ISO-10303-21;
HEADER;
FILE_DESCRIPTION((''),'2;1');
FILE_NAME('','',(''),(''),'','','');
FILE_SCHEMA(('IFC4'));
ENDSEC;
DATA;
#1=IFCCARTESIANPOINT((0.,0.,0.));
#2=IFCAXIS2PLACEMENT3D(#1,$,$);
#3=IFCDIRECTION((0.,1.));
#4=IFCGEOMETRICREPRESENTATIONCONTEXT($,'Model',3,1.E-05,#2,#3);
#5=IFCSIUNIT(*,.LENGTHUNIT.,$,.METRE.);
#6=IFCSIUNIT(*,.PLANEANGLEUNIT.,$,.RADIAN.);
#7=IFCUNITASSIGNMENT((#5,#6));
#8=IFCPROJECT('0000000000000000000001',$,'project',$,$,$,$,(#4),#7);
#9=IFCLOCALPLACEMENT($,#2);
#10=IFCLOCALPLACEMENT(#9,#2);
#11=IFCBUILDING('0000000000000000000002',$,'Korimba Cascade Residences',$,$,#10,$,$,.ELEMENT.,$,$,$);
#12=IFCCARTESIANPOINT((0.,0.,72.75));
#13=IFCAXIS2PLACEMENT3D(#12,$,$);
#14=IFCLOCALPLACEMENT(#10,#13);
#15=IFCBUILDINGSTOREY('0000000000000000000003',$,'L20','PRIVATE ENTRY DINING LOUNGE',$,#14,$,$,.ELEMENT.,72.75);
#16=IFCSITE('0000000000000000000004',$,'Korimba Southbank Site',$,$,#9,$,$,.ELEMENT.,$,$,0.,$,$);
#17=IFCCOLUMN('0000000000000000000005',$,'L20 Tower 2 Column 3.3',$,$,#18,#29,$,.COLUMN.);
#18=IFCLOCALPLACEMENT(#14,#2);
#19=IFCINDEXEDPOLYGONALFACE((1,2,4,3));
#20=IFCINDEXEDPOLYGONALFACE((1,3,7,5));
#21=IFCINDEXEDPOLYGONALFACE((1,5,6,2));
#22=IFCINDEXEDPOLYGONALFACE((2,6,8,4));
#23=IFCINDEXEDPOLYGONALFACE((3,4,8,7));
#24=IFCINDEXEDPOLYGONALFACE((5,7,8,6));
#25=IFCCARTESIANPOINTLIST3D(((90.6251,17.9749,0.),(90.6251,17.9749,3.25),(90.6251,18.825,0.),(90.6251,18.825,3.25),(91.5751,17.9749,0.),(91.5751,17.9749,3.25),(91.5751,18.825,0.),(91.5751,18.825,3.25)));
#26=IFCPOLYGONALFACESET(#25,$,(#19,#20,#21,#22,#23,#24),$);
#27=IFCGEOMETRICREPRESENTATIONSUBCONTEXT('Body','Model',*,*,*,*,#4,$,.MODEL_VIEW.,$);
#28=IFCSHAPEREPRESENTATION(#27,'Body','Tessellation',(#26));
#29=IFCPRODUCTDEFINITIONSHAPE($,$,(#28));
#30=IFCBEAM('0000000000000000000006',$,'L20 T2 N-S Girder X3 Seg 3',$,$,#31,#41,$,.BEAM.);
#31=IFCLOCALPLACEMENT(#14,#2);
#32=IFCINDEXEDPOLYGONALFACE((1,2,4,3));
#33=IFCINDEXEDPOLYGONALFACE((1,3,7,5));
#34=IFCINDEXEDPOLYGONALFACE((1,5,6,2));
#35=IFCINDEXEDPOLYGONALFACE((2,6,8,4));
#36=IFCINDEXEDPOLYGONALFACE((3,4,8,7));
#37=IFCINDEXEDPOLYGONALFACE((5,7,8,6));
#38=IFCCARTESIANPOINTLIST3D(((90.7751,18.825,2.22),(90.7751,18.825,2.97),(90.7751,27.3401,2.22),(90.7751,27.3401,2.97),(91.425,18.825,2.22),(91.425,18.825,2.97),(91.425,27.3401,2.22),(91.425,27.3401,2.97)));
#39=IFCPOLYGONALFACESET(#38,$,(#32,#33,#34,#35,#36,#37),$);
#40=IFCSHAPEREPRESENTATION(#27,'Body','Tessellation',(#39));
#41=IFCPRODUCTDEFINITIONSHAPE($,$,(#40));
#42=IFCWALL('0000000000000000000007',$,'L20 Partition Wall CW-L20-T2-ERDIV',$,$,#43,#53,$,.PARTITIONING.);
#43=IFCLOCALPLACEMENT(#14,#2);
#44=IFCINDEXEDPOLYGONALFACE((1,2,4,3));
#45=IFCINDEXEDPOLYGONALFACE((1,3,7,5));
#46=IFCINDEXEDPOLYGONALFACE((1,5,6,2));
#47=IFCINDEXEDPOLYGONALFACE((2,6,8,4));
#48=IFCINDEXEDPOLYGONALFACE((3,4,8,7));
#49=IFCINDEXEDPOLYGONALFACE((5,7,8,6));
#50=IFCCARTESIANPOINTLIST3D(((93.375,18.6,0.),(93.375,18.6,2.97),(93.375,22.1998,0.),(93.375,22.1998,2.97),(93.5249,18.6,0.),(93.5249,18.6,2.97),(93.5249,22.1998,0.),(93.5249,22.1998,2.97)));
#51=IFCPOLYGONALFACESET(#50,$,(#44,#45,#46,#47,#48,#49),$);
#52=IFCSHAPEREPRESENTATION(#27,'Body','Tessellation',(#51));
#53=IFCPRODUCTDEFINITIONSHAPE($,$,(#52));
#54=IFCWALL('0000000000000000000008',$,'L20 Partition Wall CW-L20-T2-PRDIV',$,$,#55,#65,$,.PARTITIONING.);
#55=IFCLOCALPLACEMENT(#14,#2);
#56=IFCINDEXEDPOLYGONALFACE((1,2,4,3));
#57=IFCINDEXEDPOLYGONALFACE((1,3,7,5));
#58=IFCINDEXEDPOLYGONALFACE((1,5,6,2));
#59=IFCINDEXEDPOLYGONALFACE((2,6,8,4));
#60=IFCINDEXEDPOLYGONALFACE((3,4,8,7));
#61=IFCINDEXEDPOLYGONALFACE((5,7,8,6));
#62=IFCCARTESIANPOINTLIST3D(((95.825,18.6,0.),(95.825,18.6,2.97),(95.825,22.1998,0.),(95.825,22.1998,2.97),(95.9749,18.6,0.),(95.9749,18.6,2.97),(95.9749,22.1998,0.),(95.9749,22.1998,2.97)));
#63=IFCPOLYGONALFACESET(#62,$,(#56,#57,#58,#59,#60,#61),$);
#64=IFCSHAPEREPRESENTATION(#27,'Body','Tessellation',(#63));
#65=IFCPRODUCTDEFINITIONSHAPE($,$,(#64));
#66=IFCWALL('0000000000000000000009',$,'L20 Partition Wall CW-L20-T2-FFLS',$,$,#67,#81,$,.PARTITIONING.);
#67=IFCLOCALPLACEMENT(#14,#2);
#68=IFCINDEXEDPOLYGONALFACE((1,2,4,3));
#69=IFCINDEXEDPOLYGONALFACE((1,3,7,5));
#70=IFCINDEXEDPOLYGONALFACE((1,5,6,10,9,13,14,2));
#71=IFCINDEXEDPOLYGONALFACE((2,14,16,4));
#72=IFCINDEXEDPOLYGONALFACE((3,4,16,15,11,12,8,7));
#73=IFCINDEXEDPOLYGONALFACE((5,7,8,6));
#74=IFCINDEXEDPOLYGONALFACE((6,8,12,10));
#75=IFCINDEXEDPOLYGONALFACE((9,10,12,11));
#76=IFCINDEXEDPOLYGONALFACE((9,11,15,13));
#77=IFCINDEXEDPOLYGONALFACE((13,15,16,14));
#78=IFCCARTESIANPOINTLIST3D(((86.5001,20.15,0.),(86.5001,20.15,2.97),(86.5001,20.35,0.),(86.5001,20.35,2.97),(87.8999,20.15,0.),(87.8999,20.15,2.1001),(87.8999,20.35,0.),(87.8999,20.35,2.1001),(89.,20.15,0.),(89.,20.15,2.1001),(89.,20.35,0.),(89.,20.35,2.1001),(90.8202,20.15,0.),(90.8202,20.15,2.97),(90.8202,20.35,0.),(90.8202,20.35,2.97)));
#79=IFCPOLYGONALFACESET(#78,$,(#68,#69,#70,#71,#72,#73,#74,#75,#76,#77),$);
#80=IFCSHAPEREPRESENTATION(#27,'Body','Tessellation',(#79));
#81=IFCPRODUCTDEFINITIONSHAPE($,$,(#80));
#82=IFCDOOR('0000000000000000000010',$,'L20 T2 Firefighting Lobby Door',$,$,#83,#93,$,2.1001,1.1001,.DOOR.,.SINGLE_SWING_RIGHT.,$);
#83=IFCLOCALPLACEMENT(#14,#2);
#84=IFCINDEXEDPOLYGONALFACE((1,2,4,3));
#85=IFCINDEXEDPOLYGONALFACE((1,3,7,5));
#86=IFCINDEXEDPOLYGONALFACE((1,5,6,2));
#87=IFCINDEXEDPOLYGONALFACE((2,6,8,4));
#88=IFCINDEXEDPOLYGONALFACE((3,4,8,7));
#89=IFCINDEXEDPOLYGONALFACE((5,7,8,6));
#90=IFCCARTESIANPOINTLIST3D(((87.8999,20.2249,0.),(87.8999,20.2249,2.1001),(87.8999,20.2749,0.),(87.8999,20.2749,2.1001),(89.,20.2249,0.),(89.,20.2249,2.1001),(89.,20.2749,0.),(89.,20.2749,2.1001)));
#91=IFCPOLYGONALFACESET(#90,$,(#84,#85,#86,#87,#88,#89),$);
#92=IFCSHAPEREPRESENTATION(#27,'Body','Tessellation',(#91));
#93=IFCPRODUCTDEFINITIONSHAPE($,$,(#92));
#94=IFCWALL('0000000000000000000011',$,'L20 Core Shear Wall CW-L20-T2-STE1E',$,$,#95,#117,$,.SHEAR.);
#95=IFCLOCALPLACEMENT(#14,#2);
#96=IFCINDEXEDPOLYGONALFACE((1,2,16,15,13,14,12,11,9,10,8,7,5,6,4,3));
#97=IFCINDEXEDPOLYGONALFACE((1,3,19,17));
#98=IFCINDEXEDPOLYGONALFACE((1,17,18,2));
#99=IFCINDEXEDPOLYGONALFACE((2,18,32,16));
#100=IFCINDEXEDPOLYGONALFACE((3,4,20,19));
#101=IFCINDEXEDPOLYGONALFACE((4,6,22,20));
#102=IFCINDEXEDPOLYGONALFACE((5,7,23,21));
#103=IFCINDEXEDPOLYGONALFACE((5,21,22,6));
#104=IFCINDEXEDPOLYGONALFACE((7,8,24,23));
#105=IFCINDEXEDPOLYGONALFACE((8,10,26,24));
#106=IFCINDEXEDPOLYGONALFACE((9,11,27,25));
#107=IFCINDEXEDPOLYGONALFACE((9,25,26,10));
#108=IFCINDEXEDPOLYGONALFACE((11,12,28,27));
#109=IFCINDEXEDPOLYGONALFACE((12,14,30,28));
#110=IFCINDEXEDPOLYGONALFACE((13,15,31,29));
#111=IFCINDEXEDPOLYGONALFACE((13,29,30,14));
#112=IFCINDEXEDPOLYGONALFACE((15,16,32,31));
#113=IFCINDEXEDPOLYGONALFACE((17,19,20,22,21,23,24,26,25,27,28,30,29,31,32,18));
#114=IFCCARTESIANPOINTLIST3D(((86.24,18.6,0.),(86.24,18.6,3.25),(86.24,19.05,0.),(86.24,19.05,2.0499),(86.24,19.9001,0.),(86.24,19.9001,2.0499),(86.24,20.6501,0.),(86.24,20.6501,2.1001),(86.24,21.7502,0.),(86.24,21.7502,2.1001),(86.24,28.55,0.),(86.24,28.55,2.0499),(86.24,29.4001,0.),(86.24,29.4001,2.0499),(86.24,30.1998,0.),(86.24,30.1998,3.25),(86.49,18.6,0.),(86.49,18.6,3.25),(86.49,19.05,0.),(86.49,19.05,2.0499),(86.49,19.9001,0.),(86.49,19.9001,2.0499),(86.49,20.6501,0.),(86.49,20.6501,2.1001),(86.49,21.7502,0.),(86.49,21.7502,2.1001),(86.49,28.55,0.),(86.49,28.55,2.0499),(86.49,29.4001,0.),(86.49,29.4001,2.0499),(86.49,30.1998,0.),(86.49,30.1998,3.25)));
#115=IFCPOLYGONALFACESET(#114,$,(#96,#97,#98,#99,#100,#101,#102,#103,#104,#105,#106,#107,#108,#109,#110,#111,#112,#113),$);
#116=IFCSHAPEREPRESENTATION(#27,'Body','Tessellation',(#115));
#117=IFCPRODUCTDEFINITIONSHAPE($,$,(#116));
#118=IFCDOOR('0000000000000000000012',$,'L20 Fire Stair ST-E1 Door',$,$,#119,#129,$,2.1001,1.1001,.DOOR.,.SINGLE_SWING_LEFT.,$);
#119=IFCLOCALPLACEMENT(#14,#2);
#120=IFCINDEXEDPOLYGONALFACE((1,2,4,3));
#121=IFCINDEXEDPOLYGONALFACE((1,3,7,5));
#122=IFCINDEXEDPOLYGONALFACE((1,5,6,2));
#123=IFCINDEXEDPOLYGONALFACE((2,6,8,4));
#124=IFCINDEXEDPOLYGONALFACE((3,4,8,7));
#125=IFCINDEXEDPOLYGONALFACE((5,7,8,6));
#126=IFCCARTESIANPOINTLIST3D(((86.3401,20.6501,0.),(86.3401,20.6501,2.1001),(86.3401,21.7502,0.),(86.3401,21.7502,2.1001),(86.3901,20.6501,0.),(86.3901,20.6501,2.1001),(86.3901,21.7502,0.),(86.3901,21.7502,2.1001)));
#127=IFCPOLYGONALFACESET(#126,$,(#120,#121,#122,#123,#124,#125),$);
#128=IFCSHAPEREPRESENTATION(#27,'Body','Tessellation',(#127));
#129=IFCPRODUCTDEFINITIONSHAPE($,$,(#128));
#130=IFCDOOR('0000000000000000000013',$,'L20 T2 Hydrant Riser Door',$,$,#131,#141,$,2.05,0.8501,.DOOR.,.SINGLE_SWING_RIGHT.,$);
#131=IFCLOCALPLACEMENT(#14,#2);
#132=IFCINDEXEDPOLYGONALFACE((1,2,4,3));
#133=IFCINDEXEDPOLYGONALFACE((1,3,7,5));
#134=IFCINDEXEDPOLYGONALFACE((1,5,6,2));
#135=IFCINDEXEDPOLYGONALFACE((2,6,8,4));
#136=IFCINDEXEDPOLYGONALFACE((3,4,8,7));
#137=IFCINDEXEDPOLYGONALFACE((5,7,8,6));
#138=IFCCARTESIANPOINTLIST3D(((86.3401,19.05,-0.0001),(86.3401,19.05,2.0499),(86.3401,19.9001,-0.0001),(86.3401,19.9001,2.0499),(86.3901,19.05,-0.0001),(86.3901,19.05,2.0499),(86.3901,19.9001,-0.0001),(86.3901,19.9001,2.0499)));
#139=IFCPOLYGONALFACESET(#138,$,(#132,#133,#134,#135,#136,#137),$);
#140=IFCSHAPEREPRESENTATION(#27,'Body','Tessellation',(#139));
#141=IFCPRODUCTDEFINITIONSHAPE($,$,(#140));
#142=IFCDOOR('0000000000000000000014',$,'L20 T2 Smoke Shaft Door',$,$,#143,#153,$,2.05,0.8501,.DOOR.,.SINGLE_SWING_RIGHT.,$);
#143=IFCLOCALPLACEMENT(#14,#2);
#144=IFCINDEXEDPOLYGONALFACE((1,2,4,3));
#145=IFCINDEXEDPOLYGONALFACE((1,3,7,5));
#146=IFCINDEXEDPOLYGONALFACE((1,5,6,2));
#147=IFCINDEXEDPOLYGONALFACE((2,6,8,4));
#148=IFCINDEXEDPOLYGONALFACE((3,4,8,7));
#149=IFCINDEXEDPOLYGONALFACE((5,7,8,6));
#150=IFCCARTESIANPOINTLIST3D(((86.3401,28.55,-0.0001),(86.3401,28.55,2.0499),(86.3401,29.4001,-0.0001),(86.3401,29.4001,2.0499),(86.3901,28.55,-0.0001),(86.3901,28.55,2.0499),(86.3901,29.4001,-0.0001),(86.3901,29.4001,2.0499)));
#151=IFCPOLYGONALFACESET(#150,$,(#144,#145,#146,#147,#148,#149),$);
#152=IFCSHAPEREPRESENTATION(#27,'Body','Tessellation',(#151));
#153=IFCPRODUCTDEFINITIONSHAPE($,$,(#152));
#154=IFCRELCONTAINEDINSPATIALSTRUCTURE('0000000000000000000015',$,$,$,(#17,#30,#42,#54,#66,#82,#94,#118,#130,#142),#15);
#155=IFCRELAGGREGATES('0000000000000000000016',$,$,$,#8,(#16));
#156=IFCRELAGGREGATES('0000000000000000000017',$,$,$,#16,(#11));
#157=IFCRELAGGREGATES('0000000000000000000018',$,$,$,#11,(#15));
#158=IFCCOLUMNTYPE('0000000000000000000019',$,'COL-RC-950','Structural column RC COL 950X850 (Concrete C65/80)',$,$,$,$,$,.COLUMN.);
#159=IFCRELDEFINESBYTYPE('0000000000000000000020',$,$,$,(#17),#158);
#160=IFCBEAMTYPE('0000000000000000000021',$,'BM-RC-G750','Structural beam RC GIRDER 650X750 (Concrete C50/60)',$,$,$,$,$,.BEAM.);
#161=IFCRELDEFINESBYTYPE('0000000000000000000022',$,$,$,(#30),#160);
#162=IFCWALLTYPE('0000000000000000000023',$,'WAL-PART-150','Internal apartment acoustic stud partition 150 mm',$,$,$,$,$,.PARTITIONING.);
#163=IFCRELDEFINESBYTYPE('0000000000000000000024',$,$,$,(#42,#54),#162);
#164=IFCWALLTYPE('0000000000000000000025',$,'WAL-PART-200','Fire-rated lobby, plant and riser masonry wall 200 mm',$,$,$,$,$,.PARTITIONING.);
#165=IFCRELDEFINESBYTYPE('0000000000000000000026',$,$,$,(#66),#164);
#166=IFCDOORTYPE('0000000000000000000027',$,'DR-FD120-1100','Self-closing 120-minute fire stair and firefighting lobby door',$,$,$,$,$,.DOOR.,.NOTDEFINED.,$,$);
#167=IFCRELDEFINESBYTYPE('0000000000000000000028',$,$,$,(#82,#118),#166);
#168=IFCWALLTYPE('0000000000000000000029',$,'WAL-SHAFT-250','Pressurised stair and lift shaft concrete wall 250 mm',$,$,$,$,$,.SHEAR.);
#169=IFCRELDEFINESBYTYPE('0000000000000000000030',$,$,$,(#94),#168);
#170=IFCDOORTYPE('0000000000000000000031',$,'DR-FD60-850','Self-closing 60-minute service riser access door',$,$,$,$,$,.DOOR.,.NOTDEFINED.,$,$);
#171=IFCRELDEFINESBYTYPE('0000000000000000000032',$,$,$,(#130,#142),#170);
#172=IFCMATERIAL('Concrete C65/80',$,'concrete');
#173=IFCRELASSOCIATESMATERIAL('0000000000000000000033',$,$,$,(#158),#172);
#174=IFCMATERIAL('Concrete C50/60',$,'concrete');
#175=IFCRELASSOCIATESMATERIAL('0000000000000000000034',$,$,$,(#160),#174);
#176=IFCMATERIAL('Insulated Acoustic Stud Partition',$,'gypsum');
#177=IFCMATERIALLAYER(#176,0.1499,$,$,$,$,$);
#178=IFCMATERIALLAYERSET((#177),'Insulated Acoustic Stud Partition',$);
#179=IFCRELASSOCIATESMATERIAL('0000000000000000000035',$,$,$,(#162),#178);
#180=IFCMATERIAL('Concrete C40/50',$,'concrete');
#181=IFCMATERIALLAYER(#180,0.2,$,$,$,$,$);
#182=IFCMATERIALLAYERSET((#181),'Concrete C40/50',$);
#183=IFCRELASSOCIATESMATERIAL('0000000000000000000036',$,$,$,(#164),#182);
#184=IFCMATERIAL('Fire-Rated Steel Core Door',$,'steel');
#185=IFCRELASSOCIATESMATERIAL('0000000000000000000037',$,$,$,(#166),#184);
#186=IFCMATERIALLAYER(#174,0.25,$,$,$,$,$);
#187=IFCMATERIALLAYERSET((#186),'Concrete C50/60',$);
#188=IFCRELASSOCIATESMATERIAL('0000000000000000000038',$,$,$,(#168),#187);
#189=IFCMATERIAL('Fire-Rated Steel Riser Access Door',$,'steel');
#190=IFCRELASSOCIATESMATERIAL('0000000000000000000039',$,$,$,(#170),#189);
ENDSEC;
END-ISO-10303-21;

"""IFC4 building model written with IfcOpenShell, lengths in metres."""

from ifc_helpers import new_model, si_unit, direction, frame, frame_2d, origin, origin_2d, place, context, subcontext, project, spatial, rectangle, extrude, material, layer, layer_set, material_profile, profile_set, type_object, element, fill, save


model = new_model("IFC4")

# Units and contexts
model_context = context("Model", 3, precision=1e-05, world=origin(), true_north=direction((0.0, 1.0)))
body_context = subcontext(model_context, "Body", "Model", "MODEL_VIEW")
ifc_project = project(units=[si_unit("LENGTHUNIT", "METRE"), si_unit("PLANEANGLEUNIT", "RADIAN")], contexts=[model_context])

# Site, building, storey
site_placement = place(None, origin())
site = spatial("IfcSite", under=ifc_project, at=site_placement, Name="Korimba Southbank Site", CompositionType="ELEMENT", RefElevation=0.0)
building_placement = place(site_placement, origin())
building = spatial("IfcBuilding", under=site, at=building_placement, Name="Korimba Cascade Residences", CompositionType="ELEMENT")
storey_placement = place(building_placement, frame((0.0, 0.0, 72.75)))
storey = spatial("IfcBuildingStorey", under=building, at=storey_placement, Name="L20", Description="PRIVATE ENTRY DINING LOUNGE", CompositionType="ELEMENT", Elevation=72.75)

# Column
ifc_material_1 = material(Name="Concrete C65/80", Category="concrete")
ifc_material_profile_1 = material_profile(ifc_material_1, rectangle(XDim=0.95, YDim=0.8501, at=origin_2d()), Name="Concrete C65/80")
ifc_profile_set_1 = profile_set([ifc_material_profile_1], Name="Concrete C65/80")
column_type = type_object("IfcColumnType", Name="COL-RC-950", Description="Structural column RC COL 950X850 (Concrete C65/80)", PredefinedType="COLUMN", material=ifc_profile_set_1)
column_placement = place(storey_placement, frame((91.1001, 18.3999, 0.0), z_axis=(0.0, 0.0, 1.0), x_axis=(1.0, 0.0, 0.0)))
element("IfcColumn", 1, at=column_placement, inside=storey, type_object=column_type, Name="L20 Tower 2 Column 3.3", PredefinedType="COLUMN", context=body_context, shape_type="SweptSolid", body=[
    extrude(rectangle(XDim=0.95, YDim=0.8501, at=origin_2d()), origin(), (0.0, 0.0, 1.0), 3.25),
])

# Beam
ifc_material_2 = material(Name="Concrete C50/60", Category="concrete")
ifc_material_profile_2 = material_profile(ifc_material_2, rectangle(XDim=0.6499, YDim=0.75, at=origin_2d()), Name="Concrete C50/60")
ifc_profile_set_2 = profile_set([ifc_material_profile_2], Name="Concrete C50/60")
beam_type = type_object("IfcBeamType", Name="BM-RC-G750", Description="Structural beam RC GIRDER 650X750 (Concrete C50/60)", PredefinedType="BEAM", material=ifc_profile_set_2)
beam_placement = place(storey_placement, frame((91.1001, 18.825, 2.595), z_axis=(0.0, 1.0, 0.0), x_axis=(-1.0, 0.0, 0.0)))
element("IfcBeam", 2, at=beam_placement, inside=storey, type_object=beam_type, Name="L20 T2 N-S Girder X3 Seg 3", PredefinedType="BEAM", context=body_context, shape_type="SweptSolid", body=[
    extrude(rectangle(XDim=0.6499, YDim=0.75, at=origin_2d()), origin(), (0.0, 0.0, 1.0), 8.5151),
])

# Walls
ifc_material_3 = material(Name="Insulated Acoustic Stud Partition", Category="gypsum")
ifc_layer_1 = layer(ifc_material_3, 0.1499)
ifc_layer_set_1 = layer_set([ifc_layer_1], Name="Insulated Acoustic Stud Partition")
wall_type_1 = type_object("IfcWallType", Name="WAL-PART-150", Description="Internal apartment acoustic stud partition 150 mm", PredefinedType="PARTITIONING", material=ifc_layer_set_1)
for number, where, z_axis, x_axis, name in (
    (3, (93.45, 18.6001, 0.0), (0.0, 0.0, 1.0), (0.0, 1.0, 0.0), "L20 Partition Wall CW-L20-T2-ERDIV"),
    (4, (95.8999, 18.6001, 0.0), (0.0, 0.0, 1.0), (0.0, 1.0, 0.0), "L20 Partition Wall CW-L20-T2-PRDIV"),
):
    element("IfcWall", number, at=place(storey_placement, frame(where, z_axis=z_axis, x_axis=x_axis)), inside=storey, type_object=wall_type_1, Name=name, PredefinedType="PARTITIONING", context=body_context, shape_type="SweptSolid", body=[
        extrude(rectangle(XDim=3.5999, YDim=0.1499, at=frame_2d((1.7998, 0.0))), origin(), (0.0, 0.0, 1.0), 2.97),
    ])

# Wall, opening, door
ifc_material_4 = material(Name="Concrete C40/50", Category="concrete")
ifc_layer_2 = layer(ifc_material_4, 0.2)
ifc_layer_set_2 = layer_set([ifc_layer_2], Name="Concrete C40/50")
wall_type_2 = type_object("IfcWallType", Name="WAL-PART-200", Description="Fire-rated lobby, plant and riser masonry wall 200 mm", PredefinedType="PARTITIONING", material=ifc_layer_set_2)
wall_1_placement = place(storey_placement, frame((86.5, 20.25, 0.0), z_axis=(0.0, 0.0, 1.0), x_axis=(1.0, 0.0, 0.0)))
wall_1 = element("IfcWall", 5, at=wall_1_placement, inside=storey, type_object=wall_type_2, Name="L20 Partition Wall CW-L20-T2-FFLS", PredefinedType="PARTITIONING", context=body_context, shape_type="SweptSolid", body=[
    extrude(rectangle(XDim=4.3201, YDim=0.2, at=frame_2d((2.1602, 0.0))), origin(), (0.0, 0.0, 1.0), 2.97),
])
opening_1_placement = place(wall_1_placement, frame((1.3999, 0.0, 0.0)))
opening_1 = element("IfcOpeningElement", 6, at=opening_1_placement, cuts=wall_1, PredefinedType="OPENING", context=body_context, shape_type="SweptSolid", body=[
    extrude(rectangle(XDim=1.1001, YDim=2.1001, at=frame_2d((0.55, 1.05))), frame((0.0, 0.1099, 0.0), z_axis=(0.0, -1.0, 0.0), x_axis=(1.0, 0.0, 0.0)), (0.0, 0.0, 1.0), 0.22),
])
ifc_material_5 = material(Name="Fire-Rated Steel Core Door", Category="steel")
door_type_1 = type_object("IfcDoorType", Name="DR-FD120-1100", Description="Self-closing 120-minute fire stair and firefighting lobby door", OperationType="NOTDEFINED", PredefinedType="DOOR", material=ifc_material_5)
door_1_placement = place(opening_1_placement, origin())
door_1 = element("IfcDoor", 7, at=door_1_placement, inside=storey, type_object=door_type_1, Name="L20 T2 Firefighting Lobby Door", OperationType="SINGLE_SWING_RIGHT", OverallHeight=2.1001, OverallWidth=1.1001, PredefinedType="DOOR", context=body_context, shape_type="SweptSolid", body=[
    extrude(rectangle(XDim=1.1001, YDim=2.1001, at=frame_2d((0.55, 1.05))), frame((0.0, 0.0249, 0.0), z_axis=(0.0, -1.0, 0.0), x_axis=(1.0, 0.0, 0.0)), (0.0, 0.0, 1.0), 0.05),
])
fill(opening_1, door_1)

# Wall, openings, doors
ifc_layer_3 = layer(ifc_material_2, 0.25)
ifc_layer_set_3 = layer_set([ifc_layer_3], Name="Concrete C50/60")
wall_type_3 = type_object("IfcWallType", Name="WAL-SHAFT-250", Description="Pressurised stair and lift shaft concrete wall 250 mm", PredefinedType="SHEAR", material=ifc_layer_set_3)
wall_2_placement = place(storey_placement, frame((86.365, 18.6001, 0.0), z_axis=(0.0, 0.0, 1.0), x_axis=(0.0, 1.0, 0.0)))
wall_2 = element("IfcWall", 8, at=wall_2_placement, inside=storey, type_object=wall_type_3, Name="L20 Core Shear Wall CW-L20-T2-STE1E", PredefinedType="SHEAR", context=body_context, shape_type="SweptSolid", body=[
    extrude(rectangle(XDim=11.5999, YDim=0.25, at=frame_2d((5.7998, 0.0))), origin(), (0.0, 0.0, 1.0), 3.25),
])
opening_2_placement = place(wall_2_placement, frame((0.45, 0.0, 0.0)))
opening_2 = element("IfcOpeningElement", 9, at=opening_2_placement, cuts=wall_2, PredefinedType="OPENING", context=body_context, shape_type="SweptSolid", body=[
    extrude(rectangle(XDim=0.8501, YDim=2.05, at=frame_2d((0.425, 1.0249))), frame((0.0, 0.135, 0.0), z_axis=(0.0, -1.0, 0.0), x_axis=(1.0, 0.0, 0.0)), (0.0, 0.0, 1.0), 0.27),
])
opening_3_placement = place(wall_2_placement, frame((2.05, 0.0, 0.0)))
opening_3 = element("IfcOpeningElement", 10, at=opening_3_placement, cuts=wall_2, PredefinedType="OPENING", context=body_context, shape_type="SweptSolid", body=[
    extrude(rectangle(XDim=1.1001, YDim=2.1001, at=frame_2d((0.55, 1.05))), frame((0.0, 0.135, 0.0), z_axis=(0.0, -1.0, 0.0), x_axis=(1.0, 0.0, 0.0)), (0.0, 0.0, 1.0), 0.27),
])
opening_4_placement = place(wall_2_placement, frame((9.95, 0.0, 0.0)))
opening_4 = element("IfcOpeningElement", 11, at=opening_4_placement, cuts=wall_2, PredefinedType="OPENING", context=body_context, shape_type="SweptSolid", body=[
    extrude(rectangle(XDim=0.8501, YDim=2.05, at=frame_2d((0.425, 1.0249))), frame((0.0, 0.135, 0.0), z_axis=(0.0, -1.0, 0.0), x_axis=(1.0, 0.0, 0.0)), (0.0, 0.0, 1.0), 0.27),
])
door_2_placement = place(opening_3_placement, origin())
door_2 = element("IfcDoor", 12, at=door_2_placement, inside=storey, type_object=door_type_1, Name="L20 Fire Stair ST-E1 Door", OperationType="SINGLE_SWING_LEFT", OverallHeight=2.1001, OverallWidth=1.1001, PredefinedType="DOOR", context=body_context, shape_type="SweptSolid", body=[
    extrude(rectangle(XDim=1.1001, YDim=2.1001, at=frame_2d((0.55, 1.05))), frame((0.0, 0.0249, 0.0), z_axis=(0.0, -1.0, 0.0), x_axis=(1.0, 0.0, 0.0)), (0.0, 0.0, 1.0), 0.05),
])
fill(opening_3, door_2)
ifc_material_6 = material(Name="Fire-Rated Steel Riser Access Door", Category="steel")
door_type_2 = type_object("IfcDoorType", Name="DR-FD60-850", Description="Self-closing 60-minute service riser access door", OperationType="NOTDEFINED", PredefinedType="DOOR", material=ifc_material_6)
door_3_placement = place(opening_2_placement, origin())
door_3 = element("IfcDoor", 13, at=door_3_placement, inside=storey, type_object=door_type_2, Name="L20 T2 Hydrant Riser Door", OperationType="SINGLE_SWING_RIGHT", OverallHeight=2.05, OverallWidth=0.8501, PredefinedType="DOOR", context=body_context, shape_type="SweptSolid", body=[
    extrude(rectangle(XDim=0.8501, YDim=2.05, at=frame_2d((0.425, 1.0249))), frame((0.0, 0.0249, 0.0), z_axis=(0.0, -1.0, 0.0), x_axis=(1.0, 0.0, 0.0)), (0.0, 0.0, 1.0), 0.05),
])
fill(opening_2, door_3)
door_4_placement = place(opening_4_placement, origin())
door_4 = element("IfcDoor", 14, at=door_4_placement, inside=storey, type_object=door_type_2, Name="L20 T2 Smoke Shaft Door", OperationType="SINGLE_SWING_RIGHT", OverallHeight=2.05, OverallWidth=0.8501, PredefinedType="DOOR", context=body_context, shape_type="SweptSolid", body=[
    extrude(rectangle(XDim=0.8501, YDim=2.05, at=frame_2d((0.425, 1.0249))), frame((0.0, 0.0249, 0.0), z_axis=(0.0, -1.0, 0.0), x_axis=(1.0, 0.0, 0.0)), (0.0, 0.0, 1.0), 0.05),
])
fill(opening_4, door_4)

save(model, "model.ifc")
